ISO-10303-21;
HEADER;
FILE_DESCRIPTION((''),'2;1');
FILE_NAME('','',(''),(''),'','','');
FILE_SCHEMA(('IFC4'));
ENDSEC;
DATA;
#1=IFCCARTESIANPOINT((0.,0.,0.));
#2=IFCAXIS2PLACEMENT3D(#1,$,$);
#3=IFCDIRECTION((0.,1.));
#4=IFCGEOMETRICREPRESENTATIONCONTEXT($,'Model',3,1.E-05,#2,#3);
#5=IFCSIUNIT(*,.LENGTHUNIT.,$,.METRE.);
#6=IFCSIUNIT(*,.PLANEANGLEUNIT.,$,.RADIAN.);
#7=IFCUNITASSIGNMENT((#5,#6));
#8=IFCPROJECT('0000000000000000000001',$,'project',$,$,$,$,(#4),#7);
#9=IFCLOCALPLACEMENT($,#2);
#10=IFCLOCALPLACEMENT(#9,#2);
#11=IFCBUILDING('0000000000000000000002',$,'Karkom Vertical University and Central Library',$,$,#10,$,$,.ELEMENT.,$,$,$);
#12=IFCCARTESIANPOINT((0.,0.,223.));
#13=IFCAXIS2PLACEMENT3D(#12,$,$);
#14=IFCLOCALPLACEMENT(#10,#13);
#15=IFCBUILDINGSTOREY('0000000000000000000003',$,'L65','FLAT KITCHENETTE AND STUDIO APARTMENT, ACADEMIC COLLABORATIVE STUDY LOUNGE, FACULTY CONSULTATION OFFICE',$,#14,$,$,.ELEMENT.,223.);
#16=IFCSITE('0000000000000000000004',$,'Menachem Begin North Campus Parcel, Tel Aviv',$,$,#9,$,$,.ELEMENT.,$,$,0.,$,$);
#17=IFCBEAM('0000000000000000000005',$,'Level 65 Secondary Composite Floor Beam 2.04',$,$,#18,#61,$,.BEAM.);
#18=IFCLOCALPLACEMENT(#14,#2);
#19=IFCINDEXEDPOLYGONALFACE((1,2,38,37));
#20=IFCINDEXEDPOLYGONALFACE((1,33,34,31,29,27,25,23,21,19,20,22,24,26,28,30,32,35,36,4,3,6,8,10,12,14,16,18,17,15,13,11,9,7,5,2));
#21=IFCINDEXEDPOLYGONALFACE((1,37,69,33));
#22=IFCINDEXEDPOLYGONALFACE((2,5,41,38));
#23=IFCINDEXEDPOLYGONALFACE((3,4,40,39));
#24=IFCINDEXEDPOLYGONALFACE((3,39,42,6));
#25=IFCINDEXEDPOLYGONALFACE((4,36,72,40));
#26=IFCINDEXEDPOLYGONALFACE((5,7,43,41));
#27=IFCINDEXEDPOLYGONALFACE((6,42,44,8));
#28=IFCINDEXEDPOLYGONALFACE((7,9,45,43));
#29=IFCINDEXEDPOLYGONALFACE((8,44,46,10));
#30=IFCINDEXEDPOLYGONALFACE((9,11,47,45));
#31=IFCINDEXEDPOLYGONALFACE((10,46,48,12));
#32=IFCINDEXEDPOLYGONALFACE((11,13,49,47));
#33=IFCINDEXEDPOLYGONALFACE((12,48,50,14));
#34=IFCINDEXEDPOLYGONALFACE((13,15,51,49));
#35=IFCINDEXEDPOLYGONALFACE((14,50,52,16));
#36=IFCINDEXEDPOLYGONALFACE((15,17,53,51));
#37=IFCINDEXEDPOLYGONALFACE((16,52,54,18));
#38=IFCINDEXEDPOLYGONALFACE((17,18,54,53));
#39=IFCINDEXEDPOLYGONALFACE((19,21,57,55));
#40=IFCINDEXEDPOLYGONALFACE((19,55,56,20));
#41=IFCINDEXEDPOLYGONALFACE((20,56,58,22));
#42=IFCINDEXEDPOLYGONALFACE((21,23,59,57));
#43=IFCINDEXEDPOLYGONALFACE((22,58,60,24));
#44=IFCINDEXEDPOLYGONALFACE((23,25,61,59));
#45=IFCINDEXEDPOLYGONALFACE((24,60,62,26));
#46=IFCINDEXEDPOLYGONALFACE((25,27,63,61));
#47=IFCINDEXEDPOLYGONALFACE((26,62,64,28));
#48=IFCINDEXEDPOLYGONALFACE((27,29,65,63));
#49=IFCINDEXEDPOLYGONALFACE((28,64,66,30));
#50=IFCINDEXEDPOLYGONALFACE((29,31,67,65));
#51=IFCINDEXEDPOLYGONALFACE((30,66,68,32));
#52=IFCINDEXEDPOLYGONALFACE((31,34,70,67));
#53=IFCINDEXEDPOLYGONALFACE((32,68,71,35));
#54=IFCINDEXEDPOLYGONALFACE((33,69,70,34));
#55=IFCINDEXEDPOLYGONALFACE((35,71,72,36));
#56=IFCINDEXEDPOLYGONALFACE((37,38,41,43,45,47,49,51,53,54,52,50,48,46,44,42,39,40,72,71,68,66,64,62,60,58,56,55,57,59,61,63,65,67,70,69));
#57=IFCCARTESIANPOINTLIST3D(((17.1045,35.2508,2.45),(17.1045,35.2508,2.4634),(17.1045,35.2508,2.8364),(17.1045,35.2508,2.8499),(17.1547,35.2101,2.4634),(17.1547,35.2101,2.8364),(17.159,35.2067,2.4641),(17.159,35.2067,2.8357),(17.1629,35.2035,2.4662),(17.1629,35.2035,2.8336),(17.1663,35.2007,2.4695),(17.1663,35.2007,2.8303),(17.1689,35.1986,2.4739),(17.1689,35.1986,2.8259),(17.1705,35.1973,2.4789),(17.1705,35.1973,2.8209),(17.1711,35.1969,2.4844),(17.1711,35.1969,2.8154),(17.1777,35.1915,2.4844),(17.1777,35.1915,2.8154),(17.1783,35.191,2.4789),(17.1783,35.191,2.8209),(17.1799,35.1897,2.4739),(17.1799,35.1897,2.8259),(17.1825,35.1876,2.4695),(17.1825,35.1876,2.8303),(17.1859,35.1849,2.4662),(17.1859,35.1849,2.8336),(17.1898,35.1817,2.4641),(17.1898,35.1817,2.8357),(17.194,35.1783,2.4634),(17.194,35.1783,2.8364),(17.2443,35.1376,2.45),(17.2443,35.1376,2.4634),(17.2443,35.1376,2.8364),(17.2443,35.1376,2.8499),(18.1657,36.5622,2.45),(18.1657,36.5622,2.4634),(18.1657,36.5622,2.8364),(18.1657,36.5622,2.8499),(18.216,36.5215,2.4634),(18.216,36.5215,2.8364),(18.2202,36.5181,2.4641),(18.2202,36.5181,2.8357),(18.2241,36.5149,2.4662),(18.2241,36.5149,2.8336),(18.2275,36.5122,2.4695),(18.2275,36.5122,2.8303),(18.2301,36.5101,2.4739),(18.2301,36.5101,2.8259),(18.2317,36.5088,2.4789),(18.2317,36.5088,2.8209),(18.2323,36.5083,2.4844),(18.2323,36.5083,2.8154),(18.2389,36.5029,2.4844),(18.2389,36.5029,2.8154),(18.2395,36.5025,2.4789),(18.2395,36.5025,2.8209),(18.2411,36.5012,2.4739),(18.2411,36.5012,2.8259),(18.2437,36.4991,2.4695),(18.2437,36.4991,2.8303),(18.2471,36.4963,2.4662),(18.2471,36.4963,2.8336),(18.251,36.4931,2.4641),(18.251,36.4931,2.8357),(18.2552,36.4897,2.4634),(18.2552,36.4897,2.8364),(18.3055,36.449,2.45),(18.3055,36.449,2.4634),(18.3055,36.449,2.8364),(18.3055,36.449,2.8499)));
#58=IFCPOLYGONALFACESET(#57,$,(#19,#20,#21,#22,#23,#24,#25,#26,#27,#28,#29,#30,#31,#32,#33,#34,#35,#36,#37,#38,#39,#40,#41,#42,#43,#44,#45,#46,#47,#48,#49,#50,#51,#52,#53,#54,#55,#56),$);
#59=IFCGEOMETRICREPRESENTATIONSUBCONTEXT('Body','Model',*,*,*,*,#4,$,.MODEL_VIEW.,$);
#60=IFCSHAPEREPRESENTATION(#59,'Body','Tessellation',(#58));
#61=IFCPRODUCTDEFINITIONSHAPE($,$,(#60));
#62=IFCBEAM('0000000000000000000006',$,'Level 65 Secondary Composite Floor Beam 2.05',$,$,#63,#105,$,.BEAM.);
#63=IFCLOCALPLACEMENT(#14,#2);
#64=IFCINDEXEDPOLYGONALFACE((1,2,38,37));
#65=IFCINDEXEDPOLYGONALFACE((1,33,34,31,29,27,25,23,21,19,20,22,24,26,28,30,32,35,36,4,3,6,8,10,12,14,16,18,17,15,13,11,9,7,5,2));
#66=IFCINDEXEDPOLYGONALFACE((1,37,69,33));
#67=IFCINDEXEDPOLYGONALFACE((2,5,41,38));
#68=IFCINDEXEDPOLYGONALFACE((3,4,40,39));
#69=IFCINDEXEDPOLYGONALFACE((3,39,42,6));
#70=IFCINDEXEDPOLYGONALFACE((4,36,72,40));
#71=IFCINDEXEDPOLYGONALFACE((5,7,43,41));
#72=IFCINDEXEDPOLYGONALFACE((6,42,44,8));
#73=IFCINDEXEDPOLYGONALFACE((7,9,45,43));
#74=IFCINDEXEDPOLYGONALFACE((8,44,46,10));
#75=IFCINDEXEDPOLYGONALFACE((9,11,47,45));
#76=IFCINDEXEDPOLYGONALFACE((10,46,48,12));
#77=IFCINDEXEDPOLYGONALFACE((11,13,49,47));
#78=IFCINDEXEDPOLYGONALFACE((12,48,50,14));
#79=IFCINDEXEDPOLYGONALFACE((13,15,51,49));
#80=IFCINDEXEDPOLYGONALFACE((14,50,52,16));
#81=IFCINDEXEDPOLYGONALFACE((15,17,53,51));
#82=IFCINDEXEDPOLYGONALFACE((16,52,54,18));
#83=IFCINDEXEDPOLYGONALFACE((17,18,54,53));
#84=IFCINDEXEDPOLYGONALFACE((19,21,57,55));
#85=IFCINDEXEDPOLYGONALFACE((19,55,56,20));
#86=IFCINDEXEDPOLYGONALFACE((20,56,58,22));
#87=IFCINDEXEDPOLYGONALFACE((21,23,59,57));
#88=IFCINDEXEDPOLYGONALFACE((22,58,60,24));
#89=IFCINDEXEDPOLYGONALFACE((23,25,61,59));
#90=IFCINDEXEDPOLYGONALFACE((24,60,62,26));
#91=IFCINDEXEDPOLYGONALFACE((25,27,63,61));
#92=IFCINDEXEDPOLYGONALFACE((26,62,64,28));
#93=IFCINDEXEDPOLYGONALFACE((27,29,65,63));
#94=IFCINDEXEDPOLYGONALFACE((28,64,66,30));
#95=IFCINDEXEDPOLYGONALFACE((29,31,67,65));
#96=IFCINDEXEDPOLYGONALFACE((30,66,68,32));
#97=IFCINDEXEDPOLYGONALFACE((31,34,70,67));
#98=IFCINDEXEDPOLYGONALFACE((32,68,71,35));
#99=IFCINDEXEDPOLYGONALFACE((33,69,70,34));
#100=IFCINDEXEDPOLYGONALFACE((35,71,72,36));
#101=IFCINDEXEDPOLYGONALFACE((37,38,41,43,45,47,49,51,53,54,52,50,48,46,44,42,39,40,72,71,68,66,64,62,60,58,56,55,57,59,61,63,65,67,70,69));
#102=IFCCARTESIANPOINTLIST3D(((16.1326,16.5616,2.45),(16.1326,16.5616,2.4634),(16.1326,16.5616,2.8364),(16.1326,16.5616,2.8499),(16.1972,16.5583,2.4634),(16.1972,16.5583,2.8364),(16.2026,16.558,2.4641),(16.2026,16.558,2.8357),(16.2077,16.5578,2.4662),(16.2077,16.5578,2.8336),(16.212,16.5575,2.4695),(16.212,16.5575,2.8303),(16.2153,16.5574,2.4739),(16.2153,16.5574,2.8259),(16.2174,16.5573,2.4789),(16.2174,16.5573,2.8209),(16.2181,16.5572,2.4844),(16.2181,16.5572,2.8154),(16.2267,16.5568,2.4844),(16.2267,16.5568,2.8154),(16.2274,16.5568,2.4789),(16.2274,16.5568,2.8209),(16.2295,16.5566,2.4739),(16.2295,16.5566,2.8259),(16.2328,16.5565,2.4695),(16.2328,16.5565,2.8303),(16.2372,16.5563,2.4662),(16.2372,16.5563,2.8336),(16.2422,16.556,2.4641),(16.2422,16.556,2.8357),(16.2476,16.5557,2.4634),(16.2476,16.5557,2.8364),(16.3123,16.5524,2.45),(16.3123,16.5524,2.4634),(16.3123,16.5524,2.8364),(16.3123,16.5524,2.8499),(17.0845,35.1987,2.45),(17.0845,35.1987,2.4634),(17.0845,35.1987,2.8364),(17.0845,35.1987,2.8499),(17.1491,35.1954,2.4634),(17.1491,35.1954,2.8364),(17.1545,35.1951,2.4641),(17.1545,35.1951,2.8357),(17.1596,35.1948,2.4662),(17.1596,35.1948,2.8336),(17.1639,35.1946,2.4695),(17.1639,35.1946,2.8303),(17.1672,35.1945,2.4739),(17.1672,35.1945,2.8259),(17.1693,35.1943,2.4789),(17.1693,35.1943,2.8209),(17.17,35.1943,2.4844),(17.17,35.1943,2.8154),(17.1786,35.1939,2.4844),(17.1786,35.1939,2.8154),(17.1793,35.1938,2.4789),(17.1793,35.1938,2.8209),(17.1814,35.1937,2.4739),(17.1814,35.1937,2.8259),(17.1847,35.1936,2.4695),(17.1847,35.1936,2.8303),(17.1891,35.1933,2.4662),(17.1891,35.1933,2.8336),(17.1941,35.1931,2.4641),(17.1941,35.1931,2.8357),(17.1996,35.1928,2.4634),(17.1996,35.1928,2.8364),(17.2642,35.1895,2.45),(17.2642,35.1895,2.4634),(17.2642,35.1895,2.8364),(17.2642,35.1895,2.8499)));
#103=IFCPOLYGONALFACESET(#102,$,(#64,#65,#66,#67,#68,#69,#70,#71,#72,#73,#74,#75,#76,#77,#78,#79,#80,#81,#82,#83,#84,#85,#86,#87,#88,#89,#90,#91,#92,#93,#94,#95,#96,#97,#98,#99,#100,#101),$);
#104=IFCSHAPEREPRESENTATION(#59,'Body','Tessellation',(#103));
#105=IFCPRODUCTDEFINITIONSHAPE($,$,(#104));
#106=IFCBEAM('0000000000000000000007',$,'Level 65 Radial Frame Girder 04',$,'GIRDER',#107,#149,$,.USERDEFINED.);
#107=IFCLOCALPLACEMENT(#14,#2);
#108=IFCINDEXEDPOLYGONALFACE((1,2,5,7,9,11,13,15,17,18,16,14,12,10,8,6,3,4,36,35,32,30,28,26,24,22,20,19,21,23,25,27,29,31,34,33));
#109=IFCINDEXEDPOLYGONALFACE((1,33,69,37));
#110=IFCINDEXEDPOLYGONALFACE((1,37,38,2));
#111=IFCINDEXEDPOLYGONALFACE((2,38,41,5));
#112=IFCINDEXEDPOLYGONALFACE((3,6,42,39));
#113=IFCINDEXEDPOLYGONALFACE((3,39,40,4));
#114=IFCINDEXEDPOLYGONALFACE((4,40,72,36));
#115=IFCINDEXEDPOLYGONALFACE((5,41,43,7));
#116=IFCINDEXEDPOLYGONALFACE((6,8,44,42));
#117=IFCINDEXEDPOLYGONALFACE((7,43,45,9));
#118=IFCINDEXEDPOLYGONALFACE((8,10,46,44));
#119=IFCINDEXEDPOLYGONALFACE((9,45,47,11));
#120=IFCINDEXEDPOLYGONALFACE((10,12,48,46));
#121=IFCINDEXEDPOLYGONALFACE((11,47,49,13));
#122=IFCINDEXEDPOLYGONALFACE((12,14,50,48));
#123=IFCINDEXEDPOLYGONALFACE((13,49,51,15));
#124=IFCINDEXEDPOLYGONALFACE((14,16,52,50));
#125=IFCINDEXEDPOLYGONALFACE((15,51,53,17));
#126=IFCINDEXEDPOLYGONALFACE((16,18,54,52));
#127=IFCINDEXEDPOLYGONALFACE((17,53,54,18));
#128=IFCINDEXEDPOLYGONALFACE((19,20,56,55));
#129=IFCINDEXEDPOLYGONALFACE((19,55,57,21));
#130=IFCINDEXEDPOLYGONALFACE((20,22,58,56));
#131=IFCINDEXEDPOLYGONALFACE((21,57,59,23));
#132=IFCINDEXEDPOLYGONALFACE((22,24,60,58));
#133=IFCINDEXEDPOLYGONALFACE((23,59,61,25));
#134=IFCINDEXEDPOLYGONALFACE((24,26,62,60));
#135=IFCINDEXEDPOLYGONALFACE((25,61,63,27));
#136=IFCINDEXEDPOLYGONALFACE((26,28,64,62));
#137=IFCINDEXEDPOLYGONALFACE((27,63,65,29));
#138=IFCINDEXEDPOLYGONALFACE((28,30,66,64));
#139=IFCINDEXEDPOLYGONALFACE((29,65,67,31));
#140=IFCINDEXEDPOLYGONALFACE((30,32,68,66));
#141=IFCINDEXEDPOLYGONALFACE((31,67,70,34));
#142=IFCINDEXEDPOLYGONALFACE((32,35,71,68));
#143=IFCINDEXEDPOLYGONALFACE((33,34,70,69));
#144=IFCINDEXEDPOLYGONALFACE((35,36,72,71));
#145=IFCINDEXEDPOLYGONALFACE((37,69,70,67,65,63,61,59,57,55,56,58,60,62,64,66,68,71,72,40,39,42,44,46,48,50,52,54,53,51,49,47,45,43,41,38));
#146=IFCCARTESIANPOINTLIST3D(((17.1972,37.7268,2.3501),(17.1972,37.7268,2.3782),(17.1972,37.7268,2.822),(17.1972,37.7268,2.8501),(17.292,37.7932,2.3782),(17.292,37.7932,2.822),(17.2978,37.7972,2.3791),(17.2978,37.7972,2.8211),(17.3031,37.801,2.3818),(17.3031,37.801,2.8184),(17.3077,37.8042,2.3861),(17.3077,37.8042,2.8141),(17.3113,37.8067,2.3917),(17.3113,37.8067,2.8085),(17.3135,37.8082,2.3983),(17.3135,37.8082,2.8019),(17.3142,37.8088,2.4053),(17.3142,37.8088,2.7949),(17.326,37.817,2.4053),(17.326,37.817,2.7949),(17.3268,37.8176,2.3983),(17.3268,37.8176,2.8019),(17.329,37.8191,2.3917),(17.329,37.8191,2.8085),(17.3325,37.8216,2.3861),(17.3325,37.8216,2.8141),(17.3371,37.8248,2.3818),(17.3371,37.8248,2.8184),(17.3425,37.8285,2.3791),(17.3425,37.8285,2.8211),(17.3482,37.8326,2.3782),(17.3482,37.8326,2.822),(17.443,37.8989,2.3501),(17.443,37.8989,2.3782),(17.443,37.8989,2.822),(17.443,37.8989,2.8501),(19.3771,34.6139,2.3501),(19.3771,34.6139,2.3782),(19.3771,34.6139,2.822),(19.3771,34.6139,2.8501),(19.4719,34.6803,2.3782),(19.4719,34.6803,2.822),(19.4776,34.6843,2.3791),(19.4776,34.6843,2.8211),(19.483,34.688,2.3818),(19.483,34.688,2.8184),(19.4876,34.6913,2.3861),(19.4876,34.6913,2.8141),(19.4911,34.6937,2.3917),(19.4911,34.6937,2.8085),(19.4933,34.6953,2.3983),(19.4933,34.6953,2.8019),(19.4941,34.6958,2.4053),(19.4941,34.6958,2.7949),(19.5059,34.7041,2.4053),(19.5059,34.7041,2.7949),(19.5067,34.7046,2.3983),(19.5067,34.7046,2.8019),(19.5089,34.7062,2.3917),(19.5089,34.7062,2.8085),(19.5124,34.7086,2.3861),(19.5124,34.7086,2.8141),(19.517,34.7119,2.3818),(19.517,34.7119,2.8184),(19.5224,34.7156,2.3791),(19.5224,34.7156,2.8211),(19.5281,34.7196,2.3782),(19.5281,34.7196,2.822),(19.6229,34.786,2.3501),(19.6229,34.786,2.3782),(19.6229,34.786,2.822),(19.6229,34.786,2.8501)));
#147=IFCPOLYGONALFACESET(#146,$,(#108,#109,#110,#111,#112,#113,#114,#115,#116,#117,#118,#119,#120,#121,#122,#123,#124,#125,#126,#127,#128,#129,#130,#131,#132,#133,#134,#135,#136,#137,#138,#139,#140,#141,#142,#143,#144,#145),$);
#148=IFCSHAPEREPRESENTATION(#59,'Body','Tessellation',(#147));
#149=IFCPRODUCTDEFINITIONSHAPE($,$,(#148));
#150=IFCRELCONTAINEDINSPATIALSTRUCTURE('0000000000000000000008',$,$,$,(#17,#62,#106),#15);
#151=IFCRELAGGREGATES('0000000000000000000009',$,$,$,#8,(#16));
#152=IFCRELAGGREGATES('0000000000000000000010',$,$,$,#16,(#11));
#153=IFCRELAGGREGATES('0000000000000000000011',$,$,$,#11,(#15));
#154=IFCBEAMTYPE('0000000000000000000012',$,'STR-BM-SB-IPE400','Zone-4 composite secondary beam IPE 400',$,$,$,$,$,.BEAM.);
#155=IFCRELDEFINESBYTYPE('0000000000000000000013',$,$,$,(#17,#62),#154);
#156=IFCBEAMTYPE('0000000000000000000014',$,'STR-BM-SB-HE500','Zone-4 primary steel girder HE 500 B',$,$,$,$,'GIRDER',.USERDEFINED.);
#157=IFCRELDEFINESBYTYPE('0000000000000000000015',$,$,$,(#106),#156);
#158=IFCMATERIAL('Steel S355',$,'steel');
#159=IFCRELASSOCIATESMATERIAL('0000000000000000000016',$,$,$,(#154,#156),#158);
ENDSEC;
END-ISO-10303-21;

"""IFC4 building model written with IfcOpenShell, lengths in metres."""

from ifc_helpers import new_model, si_unit, direction, frame, origin, origin_with_axes, origin_2d, place, context, subcontext, project, spatial, i_section, extrude, source, transform, mapped, material, material_profile, profile_set, type_object, element, save


model = new_model("IFC4")

# Units and contexts
model_context = context("Model", 3, precision=1e-05, world=origin(), true_north=direction((0.0, 1.0)))
body_context = subcontext(model_context, "Body", "Model", "MODEL_VIEW")
ifc_project = project(units=[si_unit("LENGTHUNIT", "METRE"), si_unit("PLANEANGLEUNIT", "RADIAN")], contexts=[model_context])

# Site, building, storey
site_placement = place(None, origin())
site = spatial("IfcSite", under=ifc_project, at=site_placement, Name="Menachem Begin North Campus Parcel, Tel Aviv", CompositionType="ELEMENT", RefElevation=0.0)
building_placement = place(site_placement, origin())
building = spatial("IfcBuilding", under=site, at=building_placement, Name="Karkom Vertical University and Central Library", CompositionType="ELEMENT")
storey_placement = place(building_placement, frame((0.0, 0.0, 223.0)))
storey = spatial("IfcBuildingStorey", under=building, at=storey_placement, Name="L65", Description="FLAT KITCHENETTE AND STUDIO APARTMENT, ACADEMIC COLLABORATIVE STUDY LOUNGE, FACULTY CONSULTATION OFFICE", CompositionType="ELEMENT", Elevation=223.0)

# Beams
ifc_material_1 = material(Name="Steel S355", Category="steel")
ifc_material_profile_1 = material_profile(ifc_material_1, i_section(OverallWidth=0.1799, OverallDepth=0.3999, WebThickness=0.0085, FlangeThickness=0.0134, FilletRadius=0.021, at=origin_2d()), Name="IPE 400")
ifc_profile_set_1 = profile_set([ifc_material_profile_1], Name="Steel S355")
beam_type_1 = type_object("IfcBeamType", Name="STR-BM-SB-IPE400", Description="Zone-4 composite secondary beam IPE 400", PredefinedType="BEAM", material=ifc_profile_set_1)
shared_shape_1 = source(origin_with_axes(), body_context, "Body", "SweptSolid", [
    extrude(i_section(OverallWidth=0.1799, OverallDepth=0.3999, WebThickness=0.0085, FlangeThickness=0.0134, FilletRadius=0.021, at=origin_2d()), origin(), (0.0, 0.0, 1.0), 1.687),
])
beam_1_placement = place(storey_placement, frame((18.2356, 36.5056, 2.6499), z_axis=(-0.629044, -0.77737, 0.0), x_axis=(0.77737, -0.629044, 0.0)))
element("IfcBeam", 1, at=beam_1_placement, inside=storey, type_object=beam_type_1, Name="Level 65 Secondary Composite Floor Beam 2.04", PredefinedType="BEAM", context=body_context, shape_type="MappedRepresentation", body=[
    mapped(shared_shape_1, transform((0.0, 0.0, 0.0), scale=1.0)),
])
shared_shape_2 = source(origin_with_axes(), body_context, "Body", "SweptSolid", [
    extrude(i_section(OverallWidth=0.1799, OverallDepth=0.3999, WebThickness=0.0085, FlangeThickness=0.0134, FilletRadius=0.021, at=origin_2d()), origin(), (0.0, 0.0, 1.0), 18.6614),
])
beam_2_placement = place(storey_placement, frame((17.1743, 35.1941, 2.6499), z_axis=(-0.05101, -0.998698, 0.0), x_axis=(0.998698, -0.05101, 0.0)))
element("IfcBeam", 2, at=beam_2_placement, inside=storey, type_object=beam_type_1, Name="Level 65 Secondary Composite Floor Beam 2.05", PredefinedType="BEAM", context=body_context, shape_type="MappedRepresentation", body=[
    mapped(shared_shape_2, transform((0.0, 0.0, 0.0), scale=1.0)),
])
ifc_material_profile_2 = material_profile(ifc_material_1, i_section(OverallWidth=0.3, OverallDepth=0.5, WebThickness=0.0144, FlangeThickness=0.0281, FilletRadius=0.0271, at=origin_2d()), Name="HE 500 B")
ifc_profile_set_2 = profile_set([ifc_material_profile_2], Name="Steel S355")
beam_type_2 = type_object("IfcBeamType", Name="STR-BM-SB-HE500", Description="Zone-4 primary steel girder HE 500 B", ElementType="GIRDER", PredefinedType="USERDEFINED", material=ifc_profile_set_2)
shared_shape_3 = source(origin_with_axes(), body_context, "Body", "SweptSolid", [
    extrude(i_section(OverallWidth=0.3, OverallDepth=0.5, WebThickness=0.0144, FlangeThickness=0.0281, FilletRadius=0.0271, at=origin_2d()), origin(), (0.0, 0.0, 1.0), 3.8003),
])
beam_3_placement = place(storey_placement, frame((19.5, 34.7, 2.6001), z_axis=(-0.573605, 0.819132, 0.0), x_axis=(-0.819132, -0.573605, 0.0)))
element("IfcBeam", 3, at=beam_3_placement, inside=storey, type_object=beam_type_2, Name="Level 65 Radial Frame Girder 04", ObjectType="GIRDER", PredefinedType="USERDEFINED", context=body_context, shape_type="MappedRepresentation", body=[
    mapped(shared_shape_3, transform((0.0, 0.0, 0.0), scale=1.0)),
])

save(model, "model.ifc")
